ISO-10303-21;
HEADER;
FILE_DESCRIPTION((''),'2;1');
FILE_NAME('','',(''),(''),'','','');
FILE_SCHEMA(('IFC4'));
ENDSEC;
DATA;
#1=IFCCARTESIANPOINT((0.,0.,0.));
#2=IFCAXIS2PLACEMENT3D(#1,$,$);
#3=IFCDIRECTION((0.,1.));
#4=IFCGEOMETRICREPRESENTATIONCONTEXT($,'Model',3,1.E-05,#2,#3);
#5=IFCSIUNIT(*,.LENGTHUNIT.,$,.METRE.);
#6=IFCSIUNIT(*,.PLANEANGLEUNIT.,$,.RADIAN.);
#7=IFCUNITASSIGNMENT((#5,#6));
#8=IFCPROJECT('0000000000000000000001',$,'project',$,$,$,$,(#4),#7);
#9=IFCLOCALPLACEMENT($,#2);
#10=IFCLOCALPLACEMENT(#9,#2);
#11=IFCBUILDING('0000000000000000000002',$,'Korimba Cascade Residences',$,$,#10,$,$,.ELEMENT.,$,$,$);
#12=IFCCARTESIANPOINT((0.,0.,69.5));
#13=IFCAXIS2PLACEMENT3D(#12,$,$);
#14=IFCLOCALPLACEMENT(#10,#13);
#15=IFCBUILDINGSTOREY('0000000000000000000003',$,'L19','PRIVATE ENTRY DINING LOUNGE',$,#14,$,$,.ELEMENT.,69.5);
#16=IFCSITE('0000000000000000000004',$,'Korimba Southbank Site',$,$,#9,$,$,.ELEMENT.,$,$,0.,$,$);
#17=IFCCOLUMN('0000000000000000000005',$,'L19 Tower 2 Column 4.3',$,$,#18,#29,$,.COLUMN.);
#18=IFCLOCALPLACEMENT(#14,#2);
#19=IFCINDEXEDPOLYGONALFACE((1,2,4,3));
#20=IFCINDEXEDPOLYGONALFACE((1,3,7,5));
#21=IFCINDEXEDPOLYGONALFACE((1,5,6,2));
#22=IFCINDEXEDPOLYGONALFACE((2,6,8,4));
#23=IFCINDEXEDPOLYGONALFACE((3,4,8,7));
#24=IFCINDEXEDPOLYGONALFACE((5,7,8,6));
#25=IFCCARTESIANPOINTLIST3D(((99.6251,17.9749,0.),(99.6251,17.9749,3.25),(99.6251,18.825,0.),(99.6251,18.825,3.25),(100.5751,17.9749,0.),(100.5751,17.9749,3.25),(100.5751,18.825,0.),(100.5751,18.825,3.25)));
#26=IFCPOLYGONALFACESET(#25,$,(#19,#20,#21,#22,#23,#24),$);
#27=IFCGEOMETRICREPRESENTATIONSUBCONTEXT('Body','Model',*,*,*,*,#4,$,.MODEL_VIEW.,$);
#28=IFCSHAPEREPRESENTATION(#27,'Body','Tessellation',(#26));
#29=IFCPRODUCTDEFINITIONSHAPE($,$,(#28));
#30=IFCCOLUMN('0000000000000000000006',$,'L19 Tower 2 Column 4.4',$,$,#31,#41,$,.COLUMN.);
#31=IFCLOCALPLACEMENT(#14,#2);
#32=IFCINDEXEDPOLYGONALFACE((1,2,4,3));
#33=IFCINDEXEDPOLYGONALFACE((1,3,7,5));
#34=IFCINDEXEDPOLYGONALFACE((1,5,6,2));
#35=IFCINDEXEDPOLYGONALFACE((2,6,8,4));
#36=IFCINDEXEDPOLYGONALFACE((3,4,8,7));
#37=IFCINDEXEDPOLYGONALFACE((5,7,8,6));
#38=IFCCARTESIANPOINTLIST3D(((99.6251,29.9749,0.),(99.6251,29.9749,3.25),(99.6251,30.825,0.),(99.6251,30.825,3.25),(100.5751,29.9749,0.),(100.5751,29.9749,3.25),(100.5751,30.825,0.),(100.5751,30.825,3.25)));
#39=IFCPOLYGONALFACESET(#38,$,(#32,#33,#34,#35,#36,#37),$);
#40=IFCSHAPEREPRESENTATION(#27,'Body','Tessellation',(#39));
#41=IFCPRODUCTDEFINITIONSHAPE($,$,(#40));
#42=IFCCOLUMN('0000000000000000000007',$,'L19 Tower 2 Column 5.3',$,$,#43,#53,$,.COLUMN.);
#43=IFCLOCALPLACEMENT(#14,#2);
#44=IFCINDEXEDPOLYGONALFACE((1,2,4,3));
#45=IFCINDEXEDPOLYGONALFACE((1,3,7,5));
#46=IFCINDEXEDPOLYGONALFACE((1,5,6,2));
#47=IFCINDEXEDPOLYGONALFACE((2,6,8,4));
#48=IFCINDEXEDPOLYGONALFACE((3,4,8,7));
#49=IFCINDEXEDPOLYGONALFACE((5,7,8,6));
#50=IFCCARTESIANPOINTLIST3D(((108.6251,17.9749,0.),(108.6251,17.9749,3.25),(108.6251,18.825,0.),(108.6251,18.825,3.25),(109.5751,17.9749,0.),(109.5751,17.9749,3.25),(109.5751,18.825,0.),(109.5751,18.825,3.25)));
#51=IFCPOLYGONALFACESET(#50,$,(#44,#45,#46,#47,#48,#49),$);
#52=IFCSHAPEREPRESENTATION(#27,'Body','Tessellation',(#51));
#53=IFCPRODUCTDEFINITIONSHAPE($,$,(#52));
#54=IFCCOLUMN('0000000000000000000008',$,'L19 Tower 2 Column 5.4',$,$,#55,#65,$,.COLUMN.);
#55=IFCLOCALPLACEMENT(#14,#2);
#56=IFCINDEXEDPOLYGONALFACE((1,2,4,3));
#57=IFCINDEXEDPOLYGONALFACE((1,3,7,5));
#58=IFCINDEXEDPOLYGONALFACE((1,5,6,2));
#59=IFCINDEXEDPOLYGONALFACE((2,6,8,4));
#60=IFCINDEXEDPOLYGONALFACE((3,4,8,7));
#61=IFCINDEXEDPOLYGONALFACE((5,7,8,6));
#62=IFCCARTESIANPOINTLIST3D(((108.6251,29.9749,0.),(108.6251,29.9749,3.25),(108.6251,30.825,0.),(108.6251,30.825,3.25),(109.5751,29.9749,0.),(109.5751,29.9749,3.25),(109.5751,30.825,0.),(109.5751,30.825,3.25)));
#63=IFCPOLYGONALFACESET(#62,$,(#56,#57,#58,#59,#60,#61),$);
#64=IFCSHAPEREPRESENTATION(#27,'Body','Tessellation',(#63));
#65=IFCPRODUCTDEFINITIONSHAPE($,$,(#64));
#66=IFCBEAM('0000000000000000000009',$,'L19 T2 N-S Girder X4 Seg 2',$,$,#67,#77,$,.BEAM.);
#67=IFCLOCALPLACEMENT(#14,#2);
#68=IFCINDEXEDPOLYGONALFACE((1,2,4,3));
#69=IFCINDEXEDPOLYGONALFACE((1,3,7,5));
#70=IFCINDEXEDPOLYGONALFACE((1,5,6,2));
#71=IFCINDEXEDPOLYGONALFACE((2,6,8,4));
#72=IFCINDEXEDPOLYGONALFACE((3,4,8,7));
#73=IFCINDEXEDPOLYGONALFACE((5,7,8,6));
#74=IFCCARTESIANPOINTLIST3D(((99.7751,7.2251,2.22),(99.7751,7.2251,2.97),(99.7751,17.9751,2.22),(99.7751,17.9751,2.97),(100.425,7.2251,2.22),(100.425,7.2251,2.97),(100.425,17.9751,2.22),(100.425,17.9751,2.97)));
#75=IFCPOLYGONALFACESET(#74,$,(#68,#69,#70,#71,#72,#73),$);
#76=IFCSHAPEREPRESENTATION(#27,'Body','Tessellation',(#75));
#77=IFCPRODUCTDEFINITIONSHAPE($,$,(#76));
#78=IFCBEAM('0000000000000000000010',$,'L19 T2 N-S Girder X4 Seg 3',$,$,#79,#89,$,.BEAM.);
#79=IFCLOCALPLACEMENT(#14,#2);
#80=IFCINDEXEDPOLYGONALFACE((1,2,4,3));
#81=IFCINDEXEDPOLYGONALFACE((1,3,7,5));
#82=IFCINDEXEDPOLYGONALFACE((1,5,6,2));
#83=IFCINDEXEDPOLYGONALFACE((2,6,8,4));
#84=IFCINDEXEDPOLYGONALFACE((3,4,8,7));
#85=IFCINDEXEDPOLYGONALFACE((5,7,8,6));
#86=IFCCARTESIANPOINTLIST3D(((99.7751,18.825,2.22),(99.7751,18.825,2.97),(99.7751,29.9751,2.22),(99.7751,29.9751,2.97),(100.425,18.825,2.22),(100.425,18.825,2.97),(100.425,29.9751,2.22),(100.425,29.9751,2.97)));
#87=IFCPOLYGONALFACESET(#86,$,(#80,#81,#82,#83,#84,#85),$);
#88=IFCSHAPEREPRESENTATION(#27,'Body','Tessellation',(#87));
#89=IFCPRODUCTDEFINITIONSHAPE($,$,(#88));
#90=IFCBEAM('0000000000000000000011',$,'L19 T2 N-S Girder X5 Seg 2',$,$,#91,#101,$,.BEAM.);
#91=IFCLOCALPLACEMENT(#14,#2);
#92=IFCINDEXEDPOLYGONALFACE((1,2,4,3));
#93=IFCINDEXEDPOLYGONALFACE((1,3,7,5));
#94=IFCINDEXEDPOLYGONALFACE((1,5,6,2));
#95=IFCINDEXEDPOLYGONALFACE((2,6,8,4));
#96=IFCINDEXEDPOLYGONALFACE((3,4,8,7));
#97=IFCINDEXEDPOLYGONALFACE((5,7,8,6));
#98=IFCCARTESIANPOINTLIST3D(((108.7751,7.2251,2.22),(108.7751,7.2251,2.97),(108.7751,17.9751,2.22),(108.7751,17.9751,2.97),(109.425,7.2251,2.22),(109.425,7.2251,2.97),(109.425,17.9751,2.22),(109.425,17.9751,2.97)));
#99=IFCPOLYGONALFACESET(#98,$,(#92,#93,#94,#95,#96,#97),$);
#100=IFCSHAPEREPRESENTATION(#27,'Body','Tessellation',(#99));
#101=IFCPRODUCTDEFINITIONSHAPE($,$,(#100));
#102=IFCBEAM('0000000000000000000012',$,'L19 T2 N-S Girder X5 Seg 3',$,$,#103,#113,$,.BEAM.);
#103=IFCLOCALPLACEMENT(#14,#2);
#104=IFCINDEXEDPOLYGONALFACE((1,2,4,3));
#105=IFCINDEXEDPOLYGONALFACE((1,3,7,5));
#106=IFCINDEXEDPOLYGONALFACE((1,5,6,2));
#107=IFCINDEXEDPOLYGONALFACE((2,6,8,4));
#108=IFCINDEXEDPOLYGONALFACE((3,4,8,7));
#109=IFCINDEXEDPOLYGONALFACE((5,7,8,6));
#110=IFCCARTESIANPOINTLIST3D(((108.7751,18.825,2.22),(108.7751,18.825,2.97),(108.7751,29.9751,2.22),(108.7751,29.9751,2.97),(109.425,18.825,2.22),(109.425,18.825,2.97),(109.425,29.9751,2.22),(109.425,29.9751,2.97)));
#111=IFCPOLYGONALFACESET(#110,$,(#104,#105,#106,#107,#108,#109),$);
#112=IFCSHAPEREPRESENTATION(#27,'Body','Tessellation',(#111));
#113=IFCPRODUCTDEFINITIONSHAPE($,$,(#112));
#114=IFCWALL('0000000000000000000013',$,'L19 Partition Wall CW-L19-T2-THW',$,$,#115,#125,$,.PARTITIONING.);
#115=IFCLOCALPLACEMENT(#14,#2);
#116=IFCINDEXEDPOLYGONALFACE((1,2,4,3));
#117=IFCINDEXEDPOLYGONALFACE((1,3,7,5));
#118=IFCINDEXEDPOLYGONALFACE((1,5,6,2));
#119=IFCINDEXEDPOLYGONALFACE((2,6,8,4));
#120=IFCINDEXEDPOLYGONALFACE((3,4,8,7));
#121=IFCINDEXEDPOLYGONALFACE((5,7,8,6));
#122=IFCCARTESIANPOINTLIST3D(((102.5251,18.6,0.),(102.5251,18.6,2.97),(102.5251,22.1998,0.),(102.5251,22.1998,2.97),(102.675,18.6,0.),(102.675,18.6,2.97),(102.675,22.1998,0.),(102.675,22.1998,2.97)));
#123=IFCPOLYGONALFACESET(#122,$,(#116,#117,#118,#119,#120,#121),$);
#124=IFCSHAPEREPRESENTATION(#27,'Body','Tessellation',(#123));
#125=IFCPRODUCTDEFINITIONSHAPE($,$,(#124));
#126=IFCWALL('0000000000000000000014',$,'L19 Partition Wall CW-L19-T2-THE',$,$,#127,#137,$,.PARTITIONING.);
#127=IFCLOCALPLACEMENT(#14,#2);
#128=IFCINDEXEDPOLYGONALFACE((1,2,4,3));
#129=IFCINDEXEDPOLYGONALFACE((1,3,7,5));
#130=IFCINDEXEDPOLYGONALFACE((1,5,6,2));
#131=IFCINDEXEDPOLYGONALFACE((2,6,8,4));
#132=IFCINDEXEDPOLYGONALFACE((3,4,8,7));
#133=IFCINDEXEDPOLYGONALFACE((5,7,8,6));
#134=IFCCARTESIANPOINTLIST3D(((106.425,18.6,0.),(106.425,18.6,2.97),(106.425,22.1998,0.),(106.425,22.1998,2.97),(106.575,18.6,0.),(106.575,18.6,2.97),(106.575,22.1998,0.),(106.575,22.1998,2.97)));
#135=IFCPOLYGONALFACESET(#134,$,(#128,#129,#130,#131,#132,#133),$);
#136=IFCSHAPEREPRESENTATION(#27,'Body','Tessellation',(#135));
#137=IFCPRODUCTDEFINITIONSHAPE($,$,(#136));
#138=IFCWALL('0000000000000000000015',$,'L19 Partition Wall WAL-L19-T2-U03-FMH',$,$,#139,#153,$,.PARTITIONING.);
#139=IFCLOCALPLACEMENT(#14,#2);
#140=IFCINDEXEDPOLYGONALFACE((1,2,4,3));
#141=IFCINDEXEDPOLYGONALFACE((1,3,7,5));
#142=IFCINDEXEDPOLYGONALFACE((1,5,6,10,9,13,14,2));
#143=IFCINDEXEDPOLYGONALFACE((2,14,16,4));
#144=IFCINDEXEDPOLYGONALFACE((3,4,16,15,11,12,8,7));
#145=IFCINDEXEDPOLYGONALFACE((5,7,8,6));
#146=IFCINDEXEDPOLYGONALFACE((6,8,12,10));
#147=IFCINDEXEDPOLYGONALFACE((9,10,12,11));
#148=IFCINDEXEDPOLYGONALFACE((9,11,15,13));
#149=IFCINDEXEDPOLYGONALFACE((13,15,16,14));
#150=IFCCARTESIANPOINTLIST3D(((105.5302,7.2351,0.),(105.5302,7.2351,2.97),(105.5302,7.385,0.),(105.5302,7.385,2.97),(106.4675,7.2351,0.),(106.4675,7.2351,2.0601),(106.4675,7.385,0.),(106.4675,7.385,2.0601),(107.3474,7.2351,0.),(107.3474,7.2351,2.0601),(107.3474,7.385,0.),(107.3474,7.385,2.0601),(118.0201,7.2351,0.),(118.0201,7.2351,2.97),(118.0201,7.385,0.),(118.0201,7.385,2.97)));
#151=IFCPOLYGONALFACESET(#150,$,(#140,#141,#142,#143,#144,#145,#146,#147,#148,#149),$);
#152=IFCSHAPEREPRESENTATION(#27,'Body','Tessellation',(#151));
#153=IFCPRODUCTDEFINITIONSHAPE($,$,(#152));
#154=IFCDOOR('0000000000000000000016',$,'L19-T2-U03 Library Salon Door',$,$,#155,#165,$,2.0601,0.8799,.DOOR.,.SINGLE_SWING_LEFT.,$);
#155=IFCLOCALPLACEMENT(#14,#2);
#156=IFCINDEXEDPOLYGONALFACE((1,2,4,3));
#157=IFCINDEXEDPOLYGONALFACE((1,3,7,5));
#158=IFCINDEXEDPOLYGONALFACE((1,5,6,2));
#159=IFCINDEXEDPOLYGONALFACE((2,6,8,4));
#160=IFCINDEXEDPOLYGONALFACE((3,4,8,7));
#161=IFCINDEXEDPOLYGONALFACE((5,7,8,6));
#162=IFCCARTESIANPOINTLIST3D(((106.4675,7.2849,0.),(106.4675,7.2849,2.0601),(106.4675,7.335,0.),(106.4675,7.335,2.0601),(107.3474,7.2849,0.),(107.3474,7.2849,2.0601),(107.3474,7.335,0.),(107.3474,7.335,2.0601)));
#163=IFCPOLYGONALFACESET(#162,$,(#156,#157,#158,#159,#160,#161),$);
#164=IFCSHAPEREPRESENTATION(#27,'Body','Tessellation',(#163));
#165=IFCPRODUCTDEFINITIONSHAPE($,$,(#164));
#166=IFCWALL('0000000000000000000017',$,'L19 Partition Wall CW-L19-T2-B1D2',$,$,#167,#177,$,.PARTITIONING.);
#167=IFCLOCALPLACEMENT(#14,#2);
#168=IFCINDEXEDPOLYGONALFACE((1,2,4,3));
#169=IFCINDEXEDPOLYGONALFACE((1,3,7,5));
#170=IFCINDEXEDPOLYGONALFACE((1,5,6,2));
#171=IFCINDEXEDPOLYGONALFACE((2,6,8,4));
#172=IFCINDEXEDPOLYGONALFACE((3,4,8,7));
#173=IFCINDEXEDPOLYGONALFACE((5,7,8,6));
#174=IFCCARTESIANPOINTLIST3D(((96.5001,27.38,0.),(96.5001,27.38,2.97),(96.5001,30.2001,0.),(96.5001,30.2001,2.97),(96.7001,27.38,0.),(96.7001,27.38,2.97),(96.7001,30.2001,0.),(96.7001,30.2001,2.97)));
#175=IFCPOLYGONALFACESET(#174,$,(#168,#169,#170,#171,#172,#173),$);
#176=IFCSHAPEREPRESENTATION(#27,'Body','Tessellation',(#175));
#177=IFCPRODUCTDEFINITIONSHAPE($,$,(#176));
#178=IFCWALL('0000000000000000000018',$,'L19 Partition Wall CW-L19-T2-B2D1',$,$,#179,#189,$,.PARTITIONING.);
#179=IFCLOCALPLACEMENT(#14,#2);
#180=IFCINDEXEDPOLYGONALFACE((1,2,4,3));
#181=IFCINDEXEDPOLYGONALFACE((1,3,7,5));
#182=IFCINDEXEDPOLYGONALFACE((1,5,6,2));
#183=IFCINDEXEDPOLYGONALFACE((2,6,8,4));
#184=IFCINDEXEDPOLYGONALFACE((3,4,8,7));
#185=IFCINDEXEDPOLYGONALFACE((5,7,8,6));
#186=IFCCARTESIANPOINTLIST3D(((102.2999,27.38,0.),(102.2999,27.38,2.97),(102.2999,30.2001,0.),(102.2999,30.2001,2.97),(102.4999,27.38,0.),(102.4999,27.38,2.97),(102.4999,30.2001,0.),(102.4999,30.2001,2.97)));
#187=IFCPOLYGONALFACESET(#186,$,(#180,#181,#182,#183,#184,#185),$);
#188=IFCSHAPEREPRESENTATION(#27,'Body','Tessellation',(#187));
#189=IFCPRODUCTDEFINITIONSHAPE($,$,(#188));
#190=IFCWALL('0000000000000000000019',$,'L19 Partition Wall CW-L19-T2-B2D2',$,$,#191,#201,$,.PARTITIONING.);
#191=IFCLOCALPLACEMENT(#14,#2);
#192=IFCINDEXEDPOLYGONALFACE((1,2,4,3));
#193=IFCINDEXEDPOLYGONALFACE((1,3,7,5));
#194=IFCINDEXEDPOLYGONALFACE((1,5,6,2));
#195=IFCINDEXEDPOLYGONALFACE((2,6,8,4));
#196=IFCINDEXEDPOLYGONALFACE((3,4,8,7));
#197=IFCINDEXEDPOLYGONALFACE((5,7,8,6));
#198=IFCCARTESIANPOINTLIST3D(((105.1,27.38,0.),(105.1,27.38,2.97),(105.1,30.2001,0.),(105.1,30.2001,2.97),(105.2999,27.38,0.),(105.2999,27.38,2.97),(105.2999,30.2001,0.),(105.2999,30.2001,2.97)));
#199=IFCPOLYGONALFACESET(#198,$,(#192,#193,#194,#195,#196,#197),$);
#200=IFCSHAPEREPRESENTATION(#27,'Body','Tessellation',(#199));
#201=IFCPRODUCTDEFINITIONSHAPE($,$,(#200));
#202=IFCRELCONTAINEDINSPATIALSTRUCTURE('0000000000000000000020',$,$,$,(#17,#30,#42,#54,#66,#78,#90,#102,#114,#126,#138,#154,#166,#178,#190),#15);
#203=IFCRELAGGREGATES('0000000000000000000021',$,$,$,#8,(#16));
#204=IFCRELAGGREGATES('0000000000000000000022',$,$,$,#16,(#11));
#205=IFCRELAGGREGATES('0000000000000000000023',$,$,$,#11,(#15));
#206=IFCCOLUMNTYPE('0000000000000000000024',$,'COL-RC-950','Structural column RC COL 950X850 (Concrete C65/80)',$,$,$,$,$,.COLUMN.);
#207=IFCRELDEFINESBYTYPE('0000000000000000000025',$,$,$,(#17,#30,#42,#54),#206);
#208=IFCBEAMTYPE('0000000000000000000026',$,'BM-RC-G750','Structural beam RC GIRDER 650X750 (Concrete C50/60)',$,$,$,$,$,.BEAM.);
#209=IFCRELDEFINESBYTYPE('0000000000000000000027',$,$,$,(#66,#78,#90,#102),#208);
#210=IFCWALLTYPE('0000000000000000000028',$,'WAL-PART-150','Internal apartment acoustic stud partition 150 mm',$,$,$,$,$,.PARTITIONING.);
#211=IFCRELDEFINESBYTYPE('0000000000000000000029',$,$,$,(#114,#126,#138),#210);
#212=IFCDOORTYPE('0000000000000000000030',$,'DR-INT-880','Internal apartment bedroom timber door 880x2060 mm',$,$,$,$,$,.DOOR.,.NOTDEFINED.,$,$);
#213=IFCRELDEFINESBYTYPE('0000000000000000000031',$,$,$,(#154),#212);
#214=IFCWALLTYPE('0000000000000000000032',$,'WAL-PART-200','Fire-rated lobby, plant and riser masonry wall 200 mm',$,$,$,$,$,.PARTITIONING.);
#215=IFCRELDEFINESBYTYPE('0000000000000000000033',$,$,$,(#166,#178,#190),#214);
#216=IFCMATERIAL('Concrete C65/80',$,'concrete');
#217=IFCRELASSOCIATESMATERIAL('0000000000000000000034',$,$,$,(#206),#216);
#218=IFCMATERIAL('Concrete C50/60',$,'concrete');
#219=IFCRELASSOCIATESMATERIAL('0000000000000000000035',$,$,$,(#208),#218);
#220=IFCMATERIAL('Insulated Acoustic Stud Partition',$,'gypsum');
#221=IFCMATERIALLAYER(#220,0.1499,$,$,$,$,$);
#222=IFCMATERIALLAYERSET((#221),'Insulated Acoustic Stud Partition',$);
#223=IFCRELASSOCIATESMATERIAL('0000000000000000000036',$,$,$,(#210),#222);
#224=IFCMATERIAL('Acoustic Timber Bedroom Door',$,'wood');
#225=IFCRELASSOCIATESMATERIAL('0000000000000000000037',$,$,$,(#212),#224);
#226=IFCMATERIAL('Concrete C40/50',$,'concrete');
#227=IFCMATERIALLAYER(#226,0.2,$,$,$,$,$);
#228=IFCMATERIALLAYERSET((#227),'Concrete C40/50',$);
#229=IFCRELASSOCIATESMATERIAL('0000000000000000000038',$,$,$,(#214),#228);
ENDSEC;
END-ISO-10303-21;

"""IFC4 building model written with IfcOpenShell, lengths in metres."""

from ifc_helpers import new_model, si_unit, direction, frame, frame_2d, origin, origin_2d, place, context, subcontext, project, spatial, rectangle, extrude, material, layer, layer_set, material_profile, profile_set, type_object, element, fill, save


model = new_model("IFC4")

# Units and contexts
model_context = context("Model", 3, precision=1e-05, world=origin(), true_north=direction((0.0, 1.0)))
body_context = subcontext(model_context, "Body", "Model", "MODEL_VIEW")
ifc_project = project(units=[si_unit("LENGTHUNIT", "METRE"), si_unit("PLANEANGLEUNIT", "RADIAN")], contexts=[model_context])

# Site, building, storey
site_placement = place(None, origin())
site = spatial("IfcSite", under=ifc_project, at=site_placement, Name="Korimba Southbank Site", CompositionType="ELEMENT", RefElevation=0.0)
building_placement = place(site_placement, origin())
building = spatial("IfcBuilding", under=site, at=building_placement, Name="Korimba Cascade Residences", CompositionType="ELEMENT")
storey_placement = place(building_placement, frame((0.0, 0.0, 69.5)))
storey = spatial("IfcBuildingStorey", under=building, at=storey_placement, Name="L19", Description="PRIVATE ENTRY DINING LOUNGE", CompositionType="ELEMENT", Elevation=69.5)

# Columns
ifc_material_1 = material(Name="Concrete C65/80", Category="concrete")
ifc_material_profile_1 = material_profile(ifc_material_1, rectangle(XDim=0.95, YDim=0.8501, at=origin_2d()), Name="Concrete C65/80")
ifc_profile_set_1 = profile_set([ifc_material_profile_1], Name="Concrete C65/80")
column_type = type_object("IfcColumnType", Name="COL-RC-950", Description="Structural column RC COL 950X850 (Concrete C65/80)", PredefinedType="COLUMN", material=ifc_profile_set_1)
for number, where, z_axis, x_axis, name in (
    (1, (100.1001, 18.3999, 0.0), (0.0, 0.0, 1.0), (1.0, 0.0, 0.0), "L19 Tower 2 Column 4.3"),
    (2, (100.1001, 30.3999, 0.0), (0.0, 0.0, 1.0), (1.0, 0.0, 0.0), "L19 Tower 2 Column 4.4"),
    (3, (109.1001, 18.3999, 0.0), (0.0, 0.0, 1.0), (1.0, 0.0, 0.0), "L19 Tower 2 Column 5.3"),
    (4, (109.1001, 30.3999, 0.0), (0.0, 0.0, 1.0), (1.0, 0.0, 0.0), "L19 Tower 2 Column 5.4"),
):
    element("IfcColumn", number, at=place(storey_placement, frame(where, z_axis=z_axis, x_axis=x_axis)), inside=storey, type_object=column_type, Name=name, PredefinedType="COLUMN", context=body_context, shape_type="SweptSolid", body=[
        extrude(rectangle(XDim=0.95, YDim=0.8501, at=origin_2d()), origin(), (0.0, 0.0, 1.0), 3.25),
    ])

# Beams
ifc_material_2 = material(Name="Concrete C50/60", Category="concrete")
ifc_material_profile_2 = material_profile(ifc_material_2, rectangle(XDim=0.6499, YDim=0.75, at=origin_2d()), Name="Concrete C50/60")
ifc_profile_set_2 = profile_set([ifc_material_profile_2], Name="Concrete C50/60")
beam_type = type_object("IfcBeamType", Name="BM-RC-G750", Description="Structural beam RC GIRDER 650X750 (Concrete C50/60)", PredefinedType="BEAM", material=ifc_profile_set_2)
beam_1_placement = place(storey_placement, frame((100.1001, 7.2251, 2.595), z_axis=(0.0, 1.0, 0.0), x_axis=(-1.0, 0.0, 0.0)))
element("IfcBeam", 5, at=beam_1_placement, inside=storey, type_object=beam_type, Name="L19 T2 N-S Girder X4 Seg 2", PredefinedType="BEAM", context=body_context, shape_type="SweptSolid", body=[
    extrude(rectangle(XDim=0.6499, YDim=0.75, at=origin_2d()), origin(), (0.0, 0.0, 1.0), 10.75),
])
beam_2_placement = place(storey_placement, frame((100.1001, 18.825, 2.595), z_axis=(0.0, 1.0, 0.0), x_axis=(-1.0, 0.0, 0.0)))
element("IfcBeam", 6, at=beam_2_placement, inside=storey, type_object=beam_type, Name="L19 T2 N-S Girder X4 Seg 3", PredefinedType="BEAM", context=body_context, shape_type="SweptSolid", body=[
    extrude(rectangle(XDim=0.6499, YDim=0.75, at=origin_2d()), origin(), (0.0, 0.0, 1.0), 11.1501),
])
beam_3_placement = place(storey_placement, frame((109.1001, 7.2251, 2.595), z_axis=(0.0, 1.0, 0.0), x_axis=(-1.0, 0.0, 0.0)))
element("IfcBeam", 7, at=beam_3_placement, inside=storey, type_object=beam_type, Name="L19 T2 N-S Girder X5 Seg 2", PredefinedType="BEAM", context=body_context, shape_type="SweptSolid", body=[
    extrude(rectangle(XDim=0.6499, YDim=0.75, at=origin_2d()), origin(), (0.0, 0.0, 1.0), 10.75),
])
beam_4_placement = place(storey_placement, frame((109.1001, 18.825, 2.595), z_axis=(0.0, 1.0, 0.0), x_axis=(-1.0, 0.0, 0.0)))
element("IfcBeam", 8, at=beam_4_placement, inside=storey, type_object=beam_type, Name="L19 T2 N-S Girder X5 Seg 3", PredefinedType="BEAM", context=body_context, shape_type="SweptSolid", body=[
    extrude(rectangle(XDim=0.6499, YDim=0.75, at=origin_2d()), origin(), (0.0, 0.0, 1.0), 11.1501),
])

# Walls
ifc_material_3 = material(Name="Insulated Acoustic Stud Partition", Category="gypsum")
ifc_layer_1 = layer(ifc_material_3, 0.1499)
ifc_layer_set_1 = layer_set([ifc_layer_1], Name="Insulated Acoustic Stud Partition")
wall_type_1 = type_object("IfcWallType", Name="WAL-PART-150", Description="Internal apartment acoustic stud partition 150 mm", PredefinedType="PARTITIONING", material=ifc_layer_set_1)
for number, where, z_axis, x_axis, name in (
    (9, (102.6001, 18.6001, 0.0), (0.0, 0.0, 1.0), (0.0, 1.0, 0.0), "L19 Partition Wall CW-L19-T2-THW"),
    (10, (106.5, 18.6001, 0.0), (0.0, 0.0, 1.0), (0.0, 1.0, 0.0), "L19 Partition Wall CW-L19-T2-THE"),
):
    element("IfcWall", number, at=place(storey_placement, frame(where, z_axis=z_axis, x_axis=x_axis)), inside=storey, type_object=wall_type_1, Name=name, PredefinedType="PARTITIONING", context=body_context, shape_type="SweptSolid", body=[
        extrude(rectangle(XDim=3.5999, YDim=0.1499, at=frame_2d((1.7998, 0.0))), origin(), (0.0, 0.0, 1.0), 2.97),
    ])

# Wall, opening, door
wall_1_placement = place(storey_placement, frame((105.53, 7.3101, 0.0), z_axis=(0.0, 0.0, 1.0), x_axis=(1.0, 0.0, 0.0)))
wall_1 = element("IfcWall", 11, at=wall_1_placement, inside=storey, type_object=wall_type_1, Name="L19 Partition Wall WAL-L19-T2-U03-FMH", PredefinedType="PARTITIONING", context=body_context, shape_type="SweptSolid", body=[
    extrude(rectangle(XDim=12.49, YDim=0.1499, at=frame_2d((6.2451, 0.0))), origin(), (0.0, 0.0, 1.0), 2.97),
])
opening_1_placement = place(wall_1_placement, frame((0.9375, 0.0, 0.0)))
opening_1 = element("IfcOpeningElement", 12, at=opening_1_placement, cuts=wall_1, PredefinedType="OPENING", context=body_context, shape_type="SweptSolid", body=[
    extrude(rectangle(XDim=0.8799, YDim=2.0601, at=frame_2d((0.4399, 1.03))), frame((0.0, 0.085, 0.0), z_axis=(0.0, -1.0, 0.0), x_axis=(1.0, 0.0, 0.0)), (0.0, 0.0, 1.0), 0.1699),
])
ifc_material_4 = material(Name="Acoustic Timber Bedroom Door", Category="wood")
door_type_1 = type_object("IfcDoorType", Name="DR-INT-880", Description="Internal apartment bedroom timber door 880x2060 mm", OperationType="NOTDEFINED", PredefinedType="DOOR", material=ifc_material_4)
door_1_placement = place(opening_1_placement, origin())
door_1 = element("IfcDoor", 13, at=door_1_placement, inside=storey, type_object=door_type_1, Name="L19-T2-U03 Library Salon Door", OperationType="SINGLE_SWING_LEFT", OverallHeight=2.0601, OverallWidth=0.8799, PredefinedType="DOOR", context=body_context, shape_type="SweptSolid", body=[
    extrude(rectangle(XDim=0.8799, YDim=2.0601, at=frame_2d((0.4399, 1.03))), frame((0.0, 0.0249, 0.0), z_axis=(0.0, -1.0, 0.0), x_axis=(1.0, 0.0, 0.0)), (0.0, 0.0, 1.0), 0.05),
])
fill(opening_1, door_1)

# Walls
ifc_material_5 = material(Name="Concrete C40/50", Category="concrete")
ifc_layer_2 = layer(ifc_material_5, 0.2)
ifc_layer_set_2 = layer_set([ifc_layer_2], Name="Concrete C40/50")
wall_type_2 = type_object("IfcWallType", Name="WAL-PART-200", Description="Fire-rated lobby, plant and riser masonry wall 200 mm", PredefinedType="PARTITIONING", material=ifc_layer_set_2)
for number, where, z_axis, x_axis, name in (
    (14, (96.6001, 27.3799, 0.0), (0.0, 0.0, 1.0), (0.0, 1.0, 0.0), "L19 Partition Wall CW-L19-T2-B1D2"),
    (15, (102.3999, 27.3799, 0.0), (0.0, 0.0, 1.0), (0.0, 1.0, 0.0), "L19 Partition Wall CW-L19-T2-B2D1"),
    (16, (105.2, 27.3799, 0.0), (0.0, 0.0, 1.0), (0.0, 1.0, 0.0), "L19 Partition Wall CW-L19-T2-B2D2"),
):
    element("IfcWall", number, at=place(storey_placement, frame(where, z_axis=z_axis, x_axis=x_axis)), inside=storey, type_object=wall_type_2, Name=name, PredefinedType="PARTITIONING", context=body_context, shape_type="SweptSolid", body=[
        extrude(rectangle(XDim=2.8201, YDim=0.2, at=frame_2d((1.4102, 0.0))), origin(), (0.0, 0.0, 1.0), 2.97),
    ])

save(model, "model.ifc")
